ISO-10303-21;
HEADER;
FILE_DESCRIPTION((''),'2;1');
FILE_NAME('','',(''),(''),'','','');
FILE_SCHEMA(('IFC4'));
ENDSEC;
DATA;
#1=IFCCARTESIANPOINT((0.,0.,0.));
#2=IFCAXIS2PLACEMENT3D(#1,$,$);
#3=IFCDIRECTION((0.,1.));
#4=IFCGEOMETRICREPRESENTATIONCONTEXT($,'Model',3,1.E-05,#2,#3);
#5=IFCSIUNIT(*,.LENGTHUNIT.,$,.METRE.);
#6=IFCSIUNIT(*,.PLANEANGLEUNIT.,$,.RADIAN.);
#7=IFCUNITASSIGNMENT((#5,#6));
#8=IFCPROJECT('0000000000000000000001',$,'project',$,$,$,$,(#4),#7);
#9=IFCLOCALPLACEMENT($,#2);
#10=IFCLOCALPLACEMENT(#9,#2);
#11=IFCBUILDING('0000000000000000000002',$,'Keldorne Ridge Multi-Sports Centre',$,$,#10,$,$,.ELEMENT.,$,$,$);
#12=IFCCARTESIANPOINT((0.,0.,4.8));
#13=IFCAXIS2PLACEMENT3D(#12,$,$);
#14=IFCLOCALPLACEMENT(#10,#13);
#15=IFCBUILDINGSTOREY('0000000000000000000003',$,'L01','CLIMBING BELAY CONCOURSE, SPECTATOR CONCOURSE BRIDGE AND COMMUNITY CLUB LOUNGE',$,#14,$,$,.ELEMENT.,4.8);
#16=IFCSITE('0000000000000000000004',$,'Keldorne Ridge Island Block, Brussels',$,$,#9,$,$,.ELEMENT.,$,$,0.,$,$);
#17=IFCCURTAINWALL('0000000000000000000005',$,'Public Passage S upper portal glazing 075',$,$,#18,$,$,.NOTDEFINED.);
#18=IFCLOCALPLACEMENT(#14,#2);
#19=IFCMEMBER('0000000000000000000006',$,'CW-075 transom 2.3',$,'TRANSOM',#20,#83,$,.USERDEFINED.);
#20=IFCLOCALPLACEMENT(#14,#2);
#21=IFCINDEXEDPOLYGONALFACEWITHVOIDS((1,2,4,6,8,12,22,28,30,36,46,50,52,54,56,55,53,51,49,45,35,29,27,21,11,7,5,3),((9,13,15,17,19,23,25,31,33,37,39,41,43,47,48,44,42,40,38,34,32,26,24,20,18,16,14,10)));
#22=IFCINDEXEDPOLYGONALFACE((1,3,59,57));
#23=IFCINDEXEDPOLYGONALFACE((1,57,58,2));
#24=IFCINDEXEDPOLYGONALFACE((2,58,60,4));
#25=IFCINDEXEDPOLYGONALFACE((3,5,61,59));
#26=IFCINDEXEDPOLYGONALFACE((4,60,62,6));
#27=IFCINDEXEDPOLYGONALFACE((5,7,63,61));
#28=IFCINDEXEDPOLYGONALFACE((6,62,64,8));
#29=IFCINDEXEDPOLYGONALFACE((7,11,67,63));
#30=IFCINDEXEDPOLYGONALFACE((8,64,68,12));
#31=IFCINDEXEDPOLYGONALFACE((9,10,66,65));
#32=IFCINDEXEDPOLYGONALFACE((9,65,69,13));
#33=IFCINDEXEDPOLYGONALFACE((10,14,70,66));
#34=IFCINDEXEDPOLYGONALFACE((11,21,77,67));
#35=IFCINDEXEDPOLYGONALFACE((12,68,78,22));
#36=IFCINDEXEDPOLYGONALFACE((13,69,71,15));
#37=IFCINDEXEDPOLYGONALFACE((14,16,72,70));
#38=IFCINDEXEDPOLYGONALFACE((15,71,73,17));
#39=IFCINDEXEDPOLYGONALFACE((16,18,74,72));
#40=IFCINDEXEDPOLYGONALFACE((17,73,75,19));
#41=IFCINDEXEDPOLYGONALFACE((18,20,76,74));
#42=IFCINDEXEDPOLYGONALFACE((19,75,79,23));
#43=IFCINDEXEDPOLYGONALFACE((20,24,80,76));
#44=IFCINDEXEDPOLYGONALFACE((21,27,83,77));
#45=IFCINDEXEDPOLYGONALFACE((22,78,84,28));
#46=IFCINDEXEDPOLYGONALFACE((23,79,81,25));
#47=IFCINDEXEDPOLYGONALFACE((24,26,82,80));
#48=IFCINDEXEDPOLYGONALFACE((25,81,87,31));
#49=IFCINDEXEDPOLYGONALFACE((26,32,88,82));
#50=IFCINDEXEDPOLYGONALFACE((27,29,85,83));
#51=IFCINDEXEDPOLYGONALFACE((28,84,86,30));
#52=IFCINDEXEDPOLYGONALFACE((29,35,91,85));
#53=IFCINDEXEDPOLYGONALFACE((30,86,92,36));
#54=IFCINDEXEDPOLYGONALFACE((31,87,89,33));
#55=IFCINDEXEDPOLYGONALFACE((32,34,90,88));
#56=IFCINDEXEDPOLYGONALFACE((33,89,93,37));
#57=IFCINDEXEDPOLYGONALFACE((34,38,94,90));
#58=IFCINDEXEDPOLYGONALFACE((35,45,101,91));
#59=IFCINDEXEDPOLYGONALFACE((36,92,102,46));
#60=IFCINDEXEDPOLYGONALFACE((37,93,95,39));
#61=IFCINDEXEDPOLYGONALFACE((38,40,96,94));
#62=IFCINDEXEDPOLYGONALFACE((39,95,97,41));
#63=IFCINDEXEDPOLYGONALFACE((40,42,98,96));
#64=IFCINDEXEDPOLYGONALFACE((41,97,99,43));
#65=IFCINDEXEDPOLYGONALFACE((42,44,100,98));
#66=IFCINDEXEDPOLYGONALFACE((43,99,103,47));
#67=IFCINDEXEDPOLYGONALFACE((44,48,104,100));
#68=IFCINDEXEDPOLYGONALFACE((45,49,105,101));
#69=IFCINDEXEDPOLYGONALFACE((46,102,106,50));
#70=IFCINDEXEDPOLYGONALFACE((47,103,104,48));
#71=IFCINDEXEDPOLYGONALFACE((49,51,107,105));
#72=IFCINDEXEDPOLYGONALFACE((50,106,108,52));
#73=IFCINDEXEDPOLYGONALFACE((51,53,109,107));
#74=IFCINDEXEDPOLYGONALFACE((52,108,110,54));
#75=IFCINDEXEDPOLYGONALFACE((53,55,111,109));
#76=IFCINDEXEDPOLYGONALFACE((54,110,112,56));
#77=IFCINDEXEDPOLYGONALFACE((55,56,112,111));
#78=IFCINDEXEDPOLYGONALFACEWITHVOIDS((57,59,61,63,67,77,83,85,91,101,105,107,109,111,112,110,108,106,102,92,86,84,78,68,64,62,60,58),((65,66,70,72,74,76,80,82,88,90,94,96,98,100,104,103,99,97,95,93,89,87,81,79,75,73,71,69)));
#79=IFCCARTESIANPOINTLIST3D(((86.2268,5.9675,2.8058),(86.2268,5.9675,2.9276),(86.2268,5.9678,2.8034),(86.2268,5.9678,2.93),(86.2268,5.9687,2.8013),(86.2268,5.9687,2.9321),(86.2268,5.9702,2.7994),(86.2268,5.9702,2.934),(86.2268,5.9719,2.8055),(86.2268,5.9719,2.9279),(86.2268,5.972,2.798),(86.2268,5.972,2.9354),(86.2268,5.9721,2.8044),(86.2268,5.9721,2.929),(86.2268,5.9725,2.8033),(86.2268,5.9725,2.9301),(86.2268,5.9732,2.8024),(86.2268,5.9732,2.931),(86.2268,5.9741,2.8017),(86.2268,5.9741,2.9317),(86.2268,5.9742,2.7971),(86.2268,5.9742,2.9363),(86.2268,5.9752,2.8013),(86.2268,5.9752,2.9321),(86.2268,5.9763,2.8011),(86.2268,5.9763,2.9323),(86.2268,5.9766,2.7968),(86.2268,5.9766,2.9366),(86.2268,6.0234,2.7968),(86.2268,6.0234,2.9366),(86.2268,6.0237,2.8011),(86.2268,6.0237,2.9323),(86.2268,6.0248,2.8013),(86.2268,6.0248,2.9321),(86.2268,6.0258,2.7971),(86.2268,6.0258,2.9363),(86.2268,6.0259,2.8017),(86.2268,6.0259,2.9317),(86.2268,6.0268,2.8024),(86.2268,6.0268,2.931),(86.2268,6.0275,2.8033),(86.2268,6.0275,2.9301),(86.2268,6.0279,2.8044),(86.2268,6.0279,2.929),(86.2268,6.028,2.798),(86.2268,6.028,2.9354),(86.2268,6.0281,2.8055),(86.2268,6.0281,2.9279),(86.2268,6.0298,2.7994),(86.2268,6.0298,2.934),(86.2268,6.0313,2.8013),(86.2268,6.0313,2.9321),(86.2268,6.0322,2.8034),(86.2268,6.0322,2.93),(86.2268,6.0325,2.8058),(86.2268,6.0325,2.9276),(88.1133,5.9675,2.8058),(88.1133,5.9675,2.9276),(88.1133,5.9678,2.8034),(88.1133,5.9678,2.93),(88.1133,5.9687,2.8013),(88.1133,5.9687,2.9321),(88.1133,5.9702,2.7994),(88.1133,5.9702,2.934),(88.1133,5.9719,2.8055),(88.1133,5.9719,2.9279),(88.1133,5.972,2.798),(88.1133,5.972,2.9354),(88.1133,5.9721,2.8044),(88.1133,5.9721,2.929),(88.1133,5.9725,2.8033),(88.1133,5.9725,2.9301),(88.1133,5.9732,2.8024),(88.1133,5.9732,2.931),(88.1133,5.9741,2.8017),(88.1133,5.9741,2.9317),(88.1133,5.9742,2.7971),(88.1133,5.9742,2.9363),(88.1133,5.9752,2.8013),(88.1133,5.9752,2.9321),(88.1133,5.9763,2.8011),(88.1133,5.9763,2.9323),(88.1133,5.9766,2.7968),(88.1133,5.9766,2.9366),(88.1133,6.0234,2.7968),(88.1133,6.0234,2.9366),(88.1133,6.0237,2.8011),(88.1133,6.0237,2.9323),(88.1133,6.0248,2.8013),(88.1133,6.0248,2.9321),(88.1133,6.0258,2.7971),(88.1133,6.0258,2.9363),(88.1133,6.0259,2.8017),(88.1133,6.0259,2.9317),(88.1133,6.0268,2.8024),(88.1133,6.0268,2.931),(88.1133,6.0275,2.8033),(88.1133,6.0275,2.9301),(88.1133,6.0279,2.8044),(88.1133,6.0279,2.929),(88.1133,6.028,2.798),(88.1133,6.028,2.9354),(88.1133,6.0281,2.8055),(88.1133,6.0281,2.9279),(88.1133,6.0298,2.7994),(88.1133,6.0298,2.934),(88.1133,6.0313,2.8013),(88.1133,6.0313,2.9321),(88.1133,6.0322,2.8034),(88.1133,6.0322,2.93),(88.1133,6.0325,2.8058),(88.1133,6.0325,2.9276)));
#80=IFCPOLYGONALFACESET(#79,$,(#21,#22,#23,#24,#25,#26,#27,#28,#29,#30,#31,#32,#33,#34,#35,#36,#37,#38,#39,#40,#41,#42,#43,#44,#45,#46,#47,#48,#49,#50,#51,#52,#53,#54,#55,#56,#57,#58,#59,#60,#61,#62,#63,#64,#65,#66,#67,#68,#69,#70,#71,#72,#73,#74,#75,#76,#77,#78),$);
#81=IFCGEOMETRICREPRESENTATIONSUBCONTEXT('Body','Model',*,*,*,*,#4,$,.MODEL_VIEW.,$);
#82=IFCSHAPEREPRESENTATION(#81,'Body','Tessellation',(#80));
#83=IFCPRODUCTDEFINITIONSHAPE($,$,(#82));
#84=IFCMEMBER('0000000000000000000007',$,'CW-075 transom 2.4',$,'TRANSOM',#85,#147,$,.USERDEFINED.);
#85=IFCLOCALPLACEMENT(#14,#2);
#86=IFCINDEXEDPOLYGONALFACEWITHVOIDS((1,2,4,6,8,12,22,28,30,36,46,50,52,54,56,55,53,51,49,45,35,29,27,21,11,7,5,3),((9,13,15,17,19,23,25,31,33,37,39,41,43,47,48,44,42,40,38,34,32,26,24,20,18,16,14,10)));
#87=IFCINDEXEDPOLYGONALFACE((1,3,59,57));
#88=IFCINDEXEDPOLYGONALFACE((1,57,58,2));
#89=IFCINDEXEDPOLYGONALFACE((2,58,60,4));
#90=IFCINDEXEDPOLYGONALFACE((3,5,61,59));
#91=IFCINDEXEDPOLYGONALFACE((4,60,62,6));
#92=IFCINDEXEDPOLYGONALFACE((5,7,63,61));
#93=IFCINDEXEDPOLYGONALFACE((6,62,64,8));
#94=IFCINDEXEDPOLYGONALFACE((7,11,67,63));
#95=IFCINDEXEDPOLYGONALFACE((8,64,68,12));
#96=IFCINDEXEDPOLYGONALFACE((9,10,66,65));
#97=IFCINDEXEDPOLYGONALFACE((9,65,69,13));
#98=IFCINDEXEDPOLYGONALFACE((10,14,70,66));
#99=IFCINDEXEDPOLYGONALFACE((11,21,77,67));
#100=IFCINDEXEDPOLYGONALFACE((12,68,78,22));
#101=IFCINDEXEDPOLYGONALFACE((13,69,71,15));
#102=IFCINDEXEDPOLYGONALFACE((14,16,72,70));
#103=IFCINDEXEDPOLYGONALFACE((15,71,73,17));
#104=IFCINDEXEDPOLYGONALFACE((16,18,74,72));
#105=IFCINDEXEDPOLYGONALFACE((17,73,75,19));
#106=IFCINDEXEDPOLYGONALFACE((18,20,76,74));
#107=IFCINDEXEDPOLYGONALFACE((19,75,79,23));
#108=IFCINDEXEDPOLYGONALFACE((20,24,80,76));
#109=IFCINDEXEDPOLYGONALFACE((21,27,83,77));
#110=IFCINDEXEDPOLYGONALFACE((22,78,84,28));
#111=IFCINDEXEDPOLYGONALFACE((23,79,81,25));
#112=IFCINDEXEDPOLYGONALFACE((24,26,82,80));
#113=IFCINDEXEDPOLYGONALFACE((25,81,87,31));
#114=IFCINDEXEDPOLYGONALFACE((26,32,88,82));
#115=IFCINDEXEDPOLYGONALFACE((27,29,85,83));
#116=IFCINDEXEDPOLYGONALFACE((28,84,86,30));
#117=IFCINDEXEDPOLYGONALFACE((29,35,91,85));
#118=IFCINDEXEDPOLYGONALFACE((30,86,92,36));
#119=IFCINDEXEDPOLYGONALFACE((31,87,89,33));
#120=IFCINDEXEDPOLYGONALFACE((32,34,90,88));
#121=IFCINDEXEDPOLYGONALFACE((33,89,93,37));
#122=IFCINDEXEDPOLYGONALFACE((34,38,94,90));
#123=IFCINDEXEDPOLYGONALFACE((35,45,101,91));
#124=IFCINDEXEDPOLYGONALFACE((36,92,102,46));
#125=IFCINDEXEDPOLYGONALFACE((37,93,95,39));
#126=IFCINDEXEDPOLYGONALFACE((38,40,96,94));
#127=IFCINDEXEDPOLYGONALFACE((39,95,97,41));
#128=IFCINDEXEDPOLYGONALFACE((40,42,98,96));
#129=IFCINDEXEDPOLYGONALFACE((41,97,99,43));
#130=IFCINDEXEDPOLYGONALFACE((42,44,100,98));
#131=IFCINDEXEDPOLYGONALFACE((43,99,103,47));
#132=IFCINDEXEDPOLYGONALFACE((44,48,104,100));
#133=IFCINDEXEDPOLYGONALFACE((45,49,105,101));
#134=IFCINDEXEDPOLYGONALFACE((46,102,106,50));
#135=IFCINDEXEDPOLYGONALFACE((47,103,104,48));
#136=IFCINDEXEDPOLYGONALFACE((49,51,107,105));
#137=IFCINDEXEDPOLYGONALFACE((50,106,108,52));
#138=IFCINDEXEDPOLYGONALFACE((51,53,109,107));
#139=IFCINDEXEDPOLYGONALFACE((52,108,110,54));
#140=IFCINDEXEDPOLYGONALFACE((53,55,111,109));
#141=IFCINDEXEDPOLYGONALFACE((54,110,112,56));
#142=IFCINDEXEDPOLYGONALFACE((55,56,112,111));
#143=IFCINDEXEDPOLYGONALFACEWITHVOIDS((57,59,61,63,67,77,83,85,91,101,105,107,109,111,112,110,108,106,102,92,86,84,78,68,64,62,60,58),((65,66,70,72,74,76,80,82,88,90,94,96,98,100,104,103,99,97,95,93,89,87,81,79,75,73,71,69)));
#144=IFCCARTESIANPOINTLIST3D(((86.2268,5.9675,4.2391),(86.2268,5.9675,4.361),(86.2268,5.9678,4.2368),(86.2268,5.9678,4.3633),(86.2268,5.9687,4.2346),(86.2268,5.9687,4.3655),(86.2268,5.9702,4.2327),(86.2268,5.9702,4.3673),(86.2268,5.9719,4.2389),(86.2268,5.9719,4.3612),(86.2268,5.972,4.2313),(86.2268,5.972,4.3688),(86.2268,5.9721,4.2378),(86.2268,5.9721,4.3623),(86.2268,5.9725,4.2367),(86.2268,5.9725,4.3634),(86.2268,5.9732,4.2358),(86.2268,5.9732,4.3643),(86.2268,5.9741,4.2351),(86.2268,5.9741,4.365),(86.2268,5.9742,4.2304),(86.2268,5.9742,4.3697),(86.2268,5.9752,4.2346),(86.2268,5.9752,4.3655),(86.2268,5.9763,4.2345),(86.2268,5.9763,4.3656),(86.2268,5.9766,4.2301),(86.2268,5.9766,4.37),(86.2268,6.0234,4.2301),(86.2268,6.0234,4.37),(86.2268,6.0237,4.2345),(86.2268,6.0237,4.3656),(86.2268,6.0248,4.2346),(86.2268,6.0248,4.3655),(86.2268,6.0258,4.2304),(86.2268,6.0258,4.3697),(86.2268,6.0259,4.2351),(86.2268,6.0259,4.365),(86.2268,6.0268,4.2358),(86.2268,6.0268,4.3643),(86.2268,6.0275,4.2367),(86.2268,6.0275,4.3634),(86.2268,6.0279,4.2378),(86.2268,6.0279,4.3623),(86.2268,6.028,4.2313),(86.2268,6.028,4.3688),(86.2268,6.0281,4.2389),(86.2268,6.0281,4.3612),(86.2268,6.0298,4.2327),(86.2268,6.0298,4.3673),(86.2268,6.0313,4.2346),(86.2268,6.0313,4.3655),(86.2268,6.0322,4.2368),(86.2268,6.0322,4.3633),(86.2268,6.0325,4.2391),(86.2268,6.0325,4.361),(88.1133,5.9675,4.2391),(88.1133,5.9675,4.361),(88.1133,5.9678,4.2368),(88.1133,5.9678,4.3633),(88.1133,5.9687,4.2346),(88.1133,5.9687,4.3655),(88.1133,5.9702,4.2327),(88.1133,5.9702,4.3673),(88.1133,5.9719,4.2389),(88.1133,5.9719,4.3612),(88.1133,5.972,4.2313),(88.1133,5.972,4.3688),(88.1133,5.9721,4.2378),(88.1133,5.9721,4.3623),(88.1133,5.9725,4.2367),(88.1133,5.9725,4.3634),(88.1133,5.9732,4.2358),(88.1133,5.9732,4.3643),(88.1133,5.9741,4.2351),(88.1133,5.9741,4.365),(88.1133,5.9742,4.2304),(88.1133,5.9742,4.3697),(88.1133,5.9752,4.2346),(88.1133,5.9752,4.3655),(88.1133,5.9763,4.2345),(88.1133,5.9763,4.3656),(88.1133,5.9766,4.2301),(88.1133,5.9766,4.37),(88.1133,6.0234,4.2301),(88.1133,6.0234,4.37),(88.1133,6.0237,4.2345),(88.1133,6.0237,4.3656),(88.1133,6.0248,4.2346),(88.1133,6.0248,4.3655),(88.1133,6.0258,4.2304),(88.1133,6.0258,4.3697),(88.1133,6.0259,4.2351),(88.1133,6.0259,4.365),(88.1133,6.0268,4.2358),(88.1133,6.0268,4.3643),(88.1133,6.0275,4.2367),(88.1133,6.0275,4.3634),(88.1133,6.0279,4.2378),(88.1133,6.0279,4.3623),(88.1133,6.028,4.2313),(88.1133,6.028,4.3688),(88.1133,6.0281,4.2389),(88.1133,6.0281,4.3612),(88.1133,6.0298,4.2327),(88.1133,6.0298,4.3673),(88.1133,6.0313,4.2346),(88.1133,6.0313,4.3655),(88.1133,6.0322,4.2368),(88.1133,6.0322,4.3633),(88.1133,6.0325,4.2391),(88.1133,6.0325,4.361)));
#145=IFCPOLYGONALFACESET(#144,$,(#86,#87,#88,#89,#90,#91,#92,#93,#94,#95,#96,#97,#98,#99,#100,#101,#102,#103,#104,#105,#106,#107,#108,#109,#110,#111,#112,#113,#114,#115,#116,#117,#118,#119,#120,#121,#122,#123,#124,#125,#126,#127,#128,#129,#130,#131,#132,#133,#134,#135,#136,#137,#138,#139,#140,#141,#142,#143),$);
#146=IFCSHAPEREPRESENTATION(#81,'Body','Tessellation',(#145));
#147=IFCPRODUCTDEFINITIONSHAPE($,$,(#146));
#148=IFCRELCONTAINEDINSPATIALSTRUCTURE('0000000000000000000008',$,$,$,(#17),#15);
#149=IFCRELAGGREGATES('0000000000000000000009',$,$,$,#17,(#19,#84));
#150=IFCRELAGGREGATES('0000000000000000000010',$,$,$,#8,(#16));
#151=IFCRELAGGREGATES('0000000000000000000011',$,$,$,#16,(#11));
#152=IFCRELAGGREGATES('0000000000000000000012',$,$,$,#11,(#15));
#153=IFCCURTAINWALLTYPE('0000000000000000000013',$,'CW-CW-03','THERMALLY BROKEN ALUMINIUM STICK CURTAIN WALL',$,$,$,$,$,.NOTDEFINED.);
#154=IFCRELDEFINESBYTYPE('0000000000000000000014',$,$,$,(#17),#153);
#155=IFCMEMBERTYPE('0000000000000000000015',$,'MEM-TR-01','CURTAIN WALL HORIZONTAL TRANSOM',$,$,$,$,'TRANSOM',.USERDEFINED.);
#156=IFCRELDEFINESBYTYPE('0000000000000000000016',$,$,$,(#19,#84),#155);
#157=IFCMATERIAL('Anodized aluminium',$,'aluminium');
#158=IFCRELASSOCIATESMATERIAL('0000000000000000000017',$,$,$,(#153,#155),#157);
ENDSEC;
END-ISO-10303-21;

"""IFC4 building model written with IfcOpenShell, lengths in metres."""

from ifc_helpers import new_model, si_unit, direction, frame, origin, origin_2d, place, context, subcontext, project, spatial, hollow_rectangle, extrude, material, material_profile, profile_set, type_object, element, aggregate, save


model = new_model("IFC4")

# Units and contexts
model_context = context("Model", 3, precision=1e-05, world=origin(), true_north=direction((0.0, 1.0)))
body_context = subcontext(model_context, "Body", "Model", "MODEL_VIEW")
ifc_project = project(units=[si_unit("LENGTHUNIT", "METRE"), si_unit("PLANEANGLEUNIT", "RADIAN")], contexts=[model_context])

# Site, building, storey
site_placement = place(None, origin())
site = spatial("IfcSite", under=ifc_project, at=site_placement, Name="Keldorne Ridge Island Block, Brussels", CompositionType="ELEMENT", RefElevation=0.0)
building_placement = place(site_placement, origin())
building = spatial("IfcBuilding", under=site, at=building_placement, Name="Keldorne Ridge Multi-Sports Centre", CompositionType="ELEMENT")
storey_placement = place(building_placement, frame((0.0, 0.0, 4.8)))
storey = spatial("IfcBuildingStorey", under=building, at=storey_placement, Name="L01", Description="CLIMBING BELAY CONCOURSE, SPECTATOR CONCOURSE BRIDGE AND COMMUNITY CLUB LOUNGE", CompositionType="ELEMENT", Elevation=4.8)

# Curtain wall, members
ifc_material_1 = material(Name="Anodized aluminium", Category="aluminium")
curtain_wall_type = type_object("IfcCurtainWallType", Name="CW-CW-03", Description="THERMALLY BROKEN ALUMINIUM STICK CURTAIN WALL", PredefinedType="NOTDEFINED", material=ifc_material_1)
curtain_wall_placement = place(storey_placement, origin())
curtain_wall = element("IfcCurtainWall", 1, at=curtain_wall_placement, inside=storey, type_object=curtain_wall_type, Name="Public Passage S upper portal glazing 075", PredefinedType="NOTDEFINED")
ifc_material_profile_1 = material_profile(ifc_material_1, hollow_rectangle(XDim=0.0649, YDim=0.1399, WallThickness=0.0044, InnerFilletRadius=0.0044, OuterFilletRadius=0.009, at=origin_2d()), Name="ALU TRANSOM 140x65x4.5")
ifc_profile_set_1 = profile_set([ifc_material_profile_1], Name="Anodized aluminium")
member_type_1 = type_object("IfcMemberType", Name="MEM-TR-01", Description="CURTAIN WALL HORIZONTAL TRANSOM", ElementType="TRANSOM", PredefinedType="USERDEFINED", material=ifc_profile_set_1)
member_1_placement = place(storey_placement, frame((86.2268, 6.0, 2.8667), z_axis=(1.0, 0.0, 0.0), x_axis=(0.0, 1.0, 0.0)))
member_1 = element("IfcMember", 2, at=member_1_placement, type_object=member_type_1, Name="CW-075 transom 2.3", ObjectType="TRANSOM", PredefinedType="USERDEFINED", context=body_context, shape_type="SweptSolid", body=[
    extrude(hollow_rectangle(XDim=0.0649, YDim=0.1399, WallThickness=0.0044, InnerFilletRadius=0.0044, OuterFilletRadius=0.009, at=origin_2d()), origin(), (0.0, 0.0, 1.0), 1.8865),
])
member_2_placement = place(storey_placement, frame((86.2268, 6.0, 4.3), z_axis=(1.0, 0.0, 0.0), x_axis=(0.0, 1.0, 0.0)))
member_2 = element("IfcMember", 3, at=member_2_placement, type_object=member_type_1, Name="CW-075 transom 2.4", ObjectType="TRANSOM", PredefinedType="USERDEFINED", context=body_context, shape_type="SweptSolid", body=[
    extrude(hollow_rectangle(XDim=0.0649, YDim=0.1399, WallThickness=0.0044, InnerFilletRadius=0.0044, OuterFilletRadius=0.009, at=origin_2d()), origin(), (0.0, 0.0, 1.0), 1.8865),
])
aggregate(curtain_wall, [member_1, member_2])

save(model, "model.ifc")
